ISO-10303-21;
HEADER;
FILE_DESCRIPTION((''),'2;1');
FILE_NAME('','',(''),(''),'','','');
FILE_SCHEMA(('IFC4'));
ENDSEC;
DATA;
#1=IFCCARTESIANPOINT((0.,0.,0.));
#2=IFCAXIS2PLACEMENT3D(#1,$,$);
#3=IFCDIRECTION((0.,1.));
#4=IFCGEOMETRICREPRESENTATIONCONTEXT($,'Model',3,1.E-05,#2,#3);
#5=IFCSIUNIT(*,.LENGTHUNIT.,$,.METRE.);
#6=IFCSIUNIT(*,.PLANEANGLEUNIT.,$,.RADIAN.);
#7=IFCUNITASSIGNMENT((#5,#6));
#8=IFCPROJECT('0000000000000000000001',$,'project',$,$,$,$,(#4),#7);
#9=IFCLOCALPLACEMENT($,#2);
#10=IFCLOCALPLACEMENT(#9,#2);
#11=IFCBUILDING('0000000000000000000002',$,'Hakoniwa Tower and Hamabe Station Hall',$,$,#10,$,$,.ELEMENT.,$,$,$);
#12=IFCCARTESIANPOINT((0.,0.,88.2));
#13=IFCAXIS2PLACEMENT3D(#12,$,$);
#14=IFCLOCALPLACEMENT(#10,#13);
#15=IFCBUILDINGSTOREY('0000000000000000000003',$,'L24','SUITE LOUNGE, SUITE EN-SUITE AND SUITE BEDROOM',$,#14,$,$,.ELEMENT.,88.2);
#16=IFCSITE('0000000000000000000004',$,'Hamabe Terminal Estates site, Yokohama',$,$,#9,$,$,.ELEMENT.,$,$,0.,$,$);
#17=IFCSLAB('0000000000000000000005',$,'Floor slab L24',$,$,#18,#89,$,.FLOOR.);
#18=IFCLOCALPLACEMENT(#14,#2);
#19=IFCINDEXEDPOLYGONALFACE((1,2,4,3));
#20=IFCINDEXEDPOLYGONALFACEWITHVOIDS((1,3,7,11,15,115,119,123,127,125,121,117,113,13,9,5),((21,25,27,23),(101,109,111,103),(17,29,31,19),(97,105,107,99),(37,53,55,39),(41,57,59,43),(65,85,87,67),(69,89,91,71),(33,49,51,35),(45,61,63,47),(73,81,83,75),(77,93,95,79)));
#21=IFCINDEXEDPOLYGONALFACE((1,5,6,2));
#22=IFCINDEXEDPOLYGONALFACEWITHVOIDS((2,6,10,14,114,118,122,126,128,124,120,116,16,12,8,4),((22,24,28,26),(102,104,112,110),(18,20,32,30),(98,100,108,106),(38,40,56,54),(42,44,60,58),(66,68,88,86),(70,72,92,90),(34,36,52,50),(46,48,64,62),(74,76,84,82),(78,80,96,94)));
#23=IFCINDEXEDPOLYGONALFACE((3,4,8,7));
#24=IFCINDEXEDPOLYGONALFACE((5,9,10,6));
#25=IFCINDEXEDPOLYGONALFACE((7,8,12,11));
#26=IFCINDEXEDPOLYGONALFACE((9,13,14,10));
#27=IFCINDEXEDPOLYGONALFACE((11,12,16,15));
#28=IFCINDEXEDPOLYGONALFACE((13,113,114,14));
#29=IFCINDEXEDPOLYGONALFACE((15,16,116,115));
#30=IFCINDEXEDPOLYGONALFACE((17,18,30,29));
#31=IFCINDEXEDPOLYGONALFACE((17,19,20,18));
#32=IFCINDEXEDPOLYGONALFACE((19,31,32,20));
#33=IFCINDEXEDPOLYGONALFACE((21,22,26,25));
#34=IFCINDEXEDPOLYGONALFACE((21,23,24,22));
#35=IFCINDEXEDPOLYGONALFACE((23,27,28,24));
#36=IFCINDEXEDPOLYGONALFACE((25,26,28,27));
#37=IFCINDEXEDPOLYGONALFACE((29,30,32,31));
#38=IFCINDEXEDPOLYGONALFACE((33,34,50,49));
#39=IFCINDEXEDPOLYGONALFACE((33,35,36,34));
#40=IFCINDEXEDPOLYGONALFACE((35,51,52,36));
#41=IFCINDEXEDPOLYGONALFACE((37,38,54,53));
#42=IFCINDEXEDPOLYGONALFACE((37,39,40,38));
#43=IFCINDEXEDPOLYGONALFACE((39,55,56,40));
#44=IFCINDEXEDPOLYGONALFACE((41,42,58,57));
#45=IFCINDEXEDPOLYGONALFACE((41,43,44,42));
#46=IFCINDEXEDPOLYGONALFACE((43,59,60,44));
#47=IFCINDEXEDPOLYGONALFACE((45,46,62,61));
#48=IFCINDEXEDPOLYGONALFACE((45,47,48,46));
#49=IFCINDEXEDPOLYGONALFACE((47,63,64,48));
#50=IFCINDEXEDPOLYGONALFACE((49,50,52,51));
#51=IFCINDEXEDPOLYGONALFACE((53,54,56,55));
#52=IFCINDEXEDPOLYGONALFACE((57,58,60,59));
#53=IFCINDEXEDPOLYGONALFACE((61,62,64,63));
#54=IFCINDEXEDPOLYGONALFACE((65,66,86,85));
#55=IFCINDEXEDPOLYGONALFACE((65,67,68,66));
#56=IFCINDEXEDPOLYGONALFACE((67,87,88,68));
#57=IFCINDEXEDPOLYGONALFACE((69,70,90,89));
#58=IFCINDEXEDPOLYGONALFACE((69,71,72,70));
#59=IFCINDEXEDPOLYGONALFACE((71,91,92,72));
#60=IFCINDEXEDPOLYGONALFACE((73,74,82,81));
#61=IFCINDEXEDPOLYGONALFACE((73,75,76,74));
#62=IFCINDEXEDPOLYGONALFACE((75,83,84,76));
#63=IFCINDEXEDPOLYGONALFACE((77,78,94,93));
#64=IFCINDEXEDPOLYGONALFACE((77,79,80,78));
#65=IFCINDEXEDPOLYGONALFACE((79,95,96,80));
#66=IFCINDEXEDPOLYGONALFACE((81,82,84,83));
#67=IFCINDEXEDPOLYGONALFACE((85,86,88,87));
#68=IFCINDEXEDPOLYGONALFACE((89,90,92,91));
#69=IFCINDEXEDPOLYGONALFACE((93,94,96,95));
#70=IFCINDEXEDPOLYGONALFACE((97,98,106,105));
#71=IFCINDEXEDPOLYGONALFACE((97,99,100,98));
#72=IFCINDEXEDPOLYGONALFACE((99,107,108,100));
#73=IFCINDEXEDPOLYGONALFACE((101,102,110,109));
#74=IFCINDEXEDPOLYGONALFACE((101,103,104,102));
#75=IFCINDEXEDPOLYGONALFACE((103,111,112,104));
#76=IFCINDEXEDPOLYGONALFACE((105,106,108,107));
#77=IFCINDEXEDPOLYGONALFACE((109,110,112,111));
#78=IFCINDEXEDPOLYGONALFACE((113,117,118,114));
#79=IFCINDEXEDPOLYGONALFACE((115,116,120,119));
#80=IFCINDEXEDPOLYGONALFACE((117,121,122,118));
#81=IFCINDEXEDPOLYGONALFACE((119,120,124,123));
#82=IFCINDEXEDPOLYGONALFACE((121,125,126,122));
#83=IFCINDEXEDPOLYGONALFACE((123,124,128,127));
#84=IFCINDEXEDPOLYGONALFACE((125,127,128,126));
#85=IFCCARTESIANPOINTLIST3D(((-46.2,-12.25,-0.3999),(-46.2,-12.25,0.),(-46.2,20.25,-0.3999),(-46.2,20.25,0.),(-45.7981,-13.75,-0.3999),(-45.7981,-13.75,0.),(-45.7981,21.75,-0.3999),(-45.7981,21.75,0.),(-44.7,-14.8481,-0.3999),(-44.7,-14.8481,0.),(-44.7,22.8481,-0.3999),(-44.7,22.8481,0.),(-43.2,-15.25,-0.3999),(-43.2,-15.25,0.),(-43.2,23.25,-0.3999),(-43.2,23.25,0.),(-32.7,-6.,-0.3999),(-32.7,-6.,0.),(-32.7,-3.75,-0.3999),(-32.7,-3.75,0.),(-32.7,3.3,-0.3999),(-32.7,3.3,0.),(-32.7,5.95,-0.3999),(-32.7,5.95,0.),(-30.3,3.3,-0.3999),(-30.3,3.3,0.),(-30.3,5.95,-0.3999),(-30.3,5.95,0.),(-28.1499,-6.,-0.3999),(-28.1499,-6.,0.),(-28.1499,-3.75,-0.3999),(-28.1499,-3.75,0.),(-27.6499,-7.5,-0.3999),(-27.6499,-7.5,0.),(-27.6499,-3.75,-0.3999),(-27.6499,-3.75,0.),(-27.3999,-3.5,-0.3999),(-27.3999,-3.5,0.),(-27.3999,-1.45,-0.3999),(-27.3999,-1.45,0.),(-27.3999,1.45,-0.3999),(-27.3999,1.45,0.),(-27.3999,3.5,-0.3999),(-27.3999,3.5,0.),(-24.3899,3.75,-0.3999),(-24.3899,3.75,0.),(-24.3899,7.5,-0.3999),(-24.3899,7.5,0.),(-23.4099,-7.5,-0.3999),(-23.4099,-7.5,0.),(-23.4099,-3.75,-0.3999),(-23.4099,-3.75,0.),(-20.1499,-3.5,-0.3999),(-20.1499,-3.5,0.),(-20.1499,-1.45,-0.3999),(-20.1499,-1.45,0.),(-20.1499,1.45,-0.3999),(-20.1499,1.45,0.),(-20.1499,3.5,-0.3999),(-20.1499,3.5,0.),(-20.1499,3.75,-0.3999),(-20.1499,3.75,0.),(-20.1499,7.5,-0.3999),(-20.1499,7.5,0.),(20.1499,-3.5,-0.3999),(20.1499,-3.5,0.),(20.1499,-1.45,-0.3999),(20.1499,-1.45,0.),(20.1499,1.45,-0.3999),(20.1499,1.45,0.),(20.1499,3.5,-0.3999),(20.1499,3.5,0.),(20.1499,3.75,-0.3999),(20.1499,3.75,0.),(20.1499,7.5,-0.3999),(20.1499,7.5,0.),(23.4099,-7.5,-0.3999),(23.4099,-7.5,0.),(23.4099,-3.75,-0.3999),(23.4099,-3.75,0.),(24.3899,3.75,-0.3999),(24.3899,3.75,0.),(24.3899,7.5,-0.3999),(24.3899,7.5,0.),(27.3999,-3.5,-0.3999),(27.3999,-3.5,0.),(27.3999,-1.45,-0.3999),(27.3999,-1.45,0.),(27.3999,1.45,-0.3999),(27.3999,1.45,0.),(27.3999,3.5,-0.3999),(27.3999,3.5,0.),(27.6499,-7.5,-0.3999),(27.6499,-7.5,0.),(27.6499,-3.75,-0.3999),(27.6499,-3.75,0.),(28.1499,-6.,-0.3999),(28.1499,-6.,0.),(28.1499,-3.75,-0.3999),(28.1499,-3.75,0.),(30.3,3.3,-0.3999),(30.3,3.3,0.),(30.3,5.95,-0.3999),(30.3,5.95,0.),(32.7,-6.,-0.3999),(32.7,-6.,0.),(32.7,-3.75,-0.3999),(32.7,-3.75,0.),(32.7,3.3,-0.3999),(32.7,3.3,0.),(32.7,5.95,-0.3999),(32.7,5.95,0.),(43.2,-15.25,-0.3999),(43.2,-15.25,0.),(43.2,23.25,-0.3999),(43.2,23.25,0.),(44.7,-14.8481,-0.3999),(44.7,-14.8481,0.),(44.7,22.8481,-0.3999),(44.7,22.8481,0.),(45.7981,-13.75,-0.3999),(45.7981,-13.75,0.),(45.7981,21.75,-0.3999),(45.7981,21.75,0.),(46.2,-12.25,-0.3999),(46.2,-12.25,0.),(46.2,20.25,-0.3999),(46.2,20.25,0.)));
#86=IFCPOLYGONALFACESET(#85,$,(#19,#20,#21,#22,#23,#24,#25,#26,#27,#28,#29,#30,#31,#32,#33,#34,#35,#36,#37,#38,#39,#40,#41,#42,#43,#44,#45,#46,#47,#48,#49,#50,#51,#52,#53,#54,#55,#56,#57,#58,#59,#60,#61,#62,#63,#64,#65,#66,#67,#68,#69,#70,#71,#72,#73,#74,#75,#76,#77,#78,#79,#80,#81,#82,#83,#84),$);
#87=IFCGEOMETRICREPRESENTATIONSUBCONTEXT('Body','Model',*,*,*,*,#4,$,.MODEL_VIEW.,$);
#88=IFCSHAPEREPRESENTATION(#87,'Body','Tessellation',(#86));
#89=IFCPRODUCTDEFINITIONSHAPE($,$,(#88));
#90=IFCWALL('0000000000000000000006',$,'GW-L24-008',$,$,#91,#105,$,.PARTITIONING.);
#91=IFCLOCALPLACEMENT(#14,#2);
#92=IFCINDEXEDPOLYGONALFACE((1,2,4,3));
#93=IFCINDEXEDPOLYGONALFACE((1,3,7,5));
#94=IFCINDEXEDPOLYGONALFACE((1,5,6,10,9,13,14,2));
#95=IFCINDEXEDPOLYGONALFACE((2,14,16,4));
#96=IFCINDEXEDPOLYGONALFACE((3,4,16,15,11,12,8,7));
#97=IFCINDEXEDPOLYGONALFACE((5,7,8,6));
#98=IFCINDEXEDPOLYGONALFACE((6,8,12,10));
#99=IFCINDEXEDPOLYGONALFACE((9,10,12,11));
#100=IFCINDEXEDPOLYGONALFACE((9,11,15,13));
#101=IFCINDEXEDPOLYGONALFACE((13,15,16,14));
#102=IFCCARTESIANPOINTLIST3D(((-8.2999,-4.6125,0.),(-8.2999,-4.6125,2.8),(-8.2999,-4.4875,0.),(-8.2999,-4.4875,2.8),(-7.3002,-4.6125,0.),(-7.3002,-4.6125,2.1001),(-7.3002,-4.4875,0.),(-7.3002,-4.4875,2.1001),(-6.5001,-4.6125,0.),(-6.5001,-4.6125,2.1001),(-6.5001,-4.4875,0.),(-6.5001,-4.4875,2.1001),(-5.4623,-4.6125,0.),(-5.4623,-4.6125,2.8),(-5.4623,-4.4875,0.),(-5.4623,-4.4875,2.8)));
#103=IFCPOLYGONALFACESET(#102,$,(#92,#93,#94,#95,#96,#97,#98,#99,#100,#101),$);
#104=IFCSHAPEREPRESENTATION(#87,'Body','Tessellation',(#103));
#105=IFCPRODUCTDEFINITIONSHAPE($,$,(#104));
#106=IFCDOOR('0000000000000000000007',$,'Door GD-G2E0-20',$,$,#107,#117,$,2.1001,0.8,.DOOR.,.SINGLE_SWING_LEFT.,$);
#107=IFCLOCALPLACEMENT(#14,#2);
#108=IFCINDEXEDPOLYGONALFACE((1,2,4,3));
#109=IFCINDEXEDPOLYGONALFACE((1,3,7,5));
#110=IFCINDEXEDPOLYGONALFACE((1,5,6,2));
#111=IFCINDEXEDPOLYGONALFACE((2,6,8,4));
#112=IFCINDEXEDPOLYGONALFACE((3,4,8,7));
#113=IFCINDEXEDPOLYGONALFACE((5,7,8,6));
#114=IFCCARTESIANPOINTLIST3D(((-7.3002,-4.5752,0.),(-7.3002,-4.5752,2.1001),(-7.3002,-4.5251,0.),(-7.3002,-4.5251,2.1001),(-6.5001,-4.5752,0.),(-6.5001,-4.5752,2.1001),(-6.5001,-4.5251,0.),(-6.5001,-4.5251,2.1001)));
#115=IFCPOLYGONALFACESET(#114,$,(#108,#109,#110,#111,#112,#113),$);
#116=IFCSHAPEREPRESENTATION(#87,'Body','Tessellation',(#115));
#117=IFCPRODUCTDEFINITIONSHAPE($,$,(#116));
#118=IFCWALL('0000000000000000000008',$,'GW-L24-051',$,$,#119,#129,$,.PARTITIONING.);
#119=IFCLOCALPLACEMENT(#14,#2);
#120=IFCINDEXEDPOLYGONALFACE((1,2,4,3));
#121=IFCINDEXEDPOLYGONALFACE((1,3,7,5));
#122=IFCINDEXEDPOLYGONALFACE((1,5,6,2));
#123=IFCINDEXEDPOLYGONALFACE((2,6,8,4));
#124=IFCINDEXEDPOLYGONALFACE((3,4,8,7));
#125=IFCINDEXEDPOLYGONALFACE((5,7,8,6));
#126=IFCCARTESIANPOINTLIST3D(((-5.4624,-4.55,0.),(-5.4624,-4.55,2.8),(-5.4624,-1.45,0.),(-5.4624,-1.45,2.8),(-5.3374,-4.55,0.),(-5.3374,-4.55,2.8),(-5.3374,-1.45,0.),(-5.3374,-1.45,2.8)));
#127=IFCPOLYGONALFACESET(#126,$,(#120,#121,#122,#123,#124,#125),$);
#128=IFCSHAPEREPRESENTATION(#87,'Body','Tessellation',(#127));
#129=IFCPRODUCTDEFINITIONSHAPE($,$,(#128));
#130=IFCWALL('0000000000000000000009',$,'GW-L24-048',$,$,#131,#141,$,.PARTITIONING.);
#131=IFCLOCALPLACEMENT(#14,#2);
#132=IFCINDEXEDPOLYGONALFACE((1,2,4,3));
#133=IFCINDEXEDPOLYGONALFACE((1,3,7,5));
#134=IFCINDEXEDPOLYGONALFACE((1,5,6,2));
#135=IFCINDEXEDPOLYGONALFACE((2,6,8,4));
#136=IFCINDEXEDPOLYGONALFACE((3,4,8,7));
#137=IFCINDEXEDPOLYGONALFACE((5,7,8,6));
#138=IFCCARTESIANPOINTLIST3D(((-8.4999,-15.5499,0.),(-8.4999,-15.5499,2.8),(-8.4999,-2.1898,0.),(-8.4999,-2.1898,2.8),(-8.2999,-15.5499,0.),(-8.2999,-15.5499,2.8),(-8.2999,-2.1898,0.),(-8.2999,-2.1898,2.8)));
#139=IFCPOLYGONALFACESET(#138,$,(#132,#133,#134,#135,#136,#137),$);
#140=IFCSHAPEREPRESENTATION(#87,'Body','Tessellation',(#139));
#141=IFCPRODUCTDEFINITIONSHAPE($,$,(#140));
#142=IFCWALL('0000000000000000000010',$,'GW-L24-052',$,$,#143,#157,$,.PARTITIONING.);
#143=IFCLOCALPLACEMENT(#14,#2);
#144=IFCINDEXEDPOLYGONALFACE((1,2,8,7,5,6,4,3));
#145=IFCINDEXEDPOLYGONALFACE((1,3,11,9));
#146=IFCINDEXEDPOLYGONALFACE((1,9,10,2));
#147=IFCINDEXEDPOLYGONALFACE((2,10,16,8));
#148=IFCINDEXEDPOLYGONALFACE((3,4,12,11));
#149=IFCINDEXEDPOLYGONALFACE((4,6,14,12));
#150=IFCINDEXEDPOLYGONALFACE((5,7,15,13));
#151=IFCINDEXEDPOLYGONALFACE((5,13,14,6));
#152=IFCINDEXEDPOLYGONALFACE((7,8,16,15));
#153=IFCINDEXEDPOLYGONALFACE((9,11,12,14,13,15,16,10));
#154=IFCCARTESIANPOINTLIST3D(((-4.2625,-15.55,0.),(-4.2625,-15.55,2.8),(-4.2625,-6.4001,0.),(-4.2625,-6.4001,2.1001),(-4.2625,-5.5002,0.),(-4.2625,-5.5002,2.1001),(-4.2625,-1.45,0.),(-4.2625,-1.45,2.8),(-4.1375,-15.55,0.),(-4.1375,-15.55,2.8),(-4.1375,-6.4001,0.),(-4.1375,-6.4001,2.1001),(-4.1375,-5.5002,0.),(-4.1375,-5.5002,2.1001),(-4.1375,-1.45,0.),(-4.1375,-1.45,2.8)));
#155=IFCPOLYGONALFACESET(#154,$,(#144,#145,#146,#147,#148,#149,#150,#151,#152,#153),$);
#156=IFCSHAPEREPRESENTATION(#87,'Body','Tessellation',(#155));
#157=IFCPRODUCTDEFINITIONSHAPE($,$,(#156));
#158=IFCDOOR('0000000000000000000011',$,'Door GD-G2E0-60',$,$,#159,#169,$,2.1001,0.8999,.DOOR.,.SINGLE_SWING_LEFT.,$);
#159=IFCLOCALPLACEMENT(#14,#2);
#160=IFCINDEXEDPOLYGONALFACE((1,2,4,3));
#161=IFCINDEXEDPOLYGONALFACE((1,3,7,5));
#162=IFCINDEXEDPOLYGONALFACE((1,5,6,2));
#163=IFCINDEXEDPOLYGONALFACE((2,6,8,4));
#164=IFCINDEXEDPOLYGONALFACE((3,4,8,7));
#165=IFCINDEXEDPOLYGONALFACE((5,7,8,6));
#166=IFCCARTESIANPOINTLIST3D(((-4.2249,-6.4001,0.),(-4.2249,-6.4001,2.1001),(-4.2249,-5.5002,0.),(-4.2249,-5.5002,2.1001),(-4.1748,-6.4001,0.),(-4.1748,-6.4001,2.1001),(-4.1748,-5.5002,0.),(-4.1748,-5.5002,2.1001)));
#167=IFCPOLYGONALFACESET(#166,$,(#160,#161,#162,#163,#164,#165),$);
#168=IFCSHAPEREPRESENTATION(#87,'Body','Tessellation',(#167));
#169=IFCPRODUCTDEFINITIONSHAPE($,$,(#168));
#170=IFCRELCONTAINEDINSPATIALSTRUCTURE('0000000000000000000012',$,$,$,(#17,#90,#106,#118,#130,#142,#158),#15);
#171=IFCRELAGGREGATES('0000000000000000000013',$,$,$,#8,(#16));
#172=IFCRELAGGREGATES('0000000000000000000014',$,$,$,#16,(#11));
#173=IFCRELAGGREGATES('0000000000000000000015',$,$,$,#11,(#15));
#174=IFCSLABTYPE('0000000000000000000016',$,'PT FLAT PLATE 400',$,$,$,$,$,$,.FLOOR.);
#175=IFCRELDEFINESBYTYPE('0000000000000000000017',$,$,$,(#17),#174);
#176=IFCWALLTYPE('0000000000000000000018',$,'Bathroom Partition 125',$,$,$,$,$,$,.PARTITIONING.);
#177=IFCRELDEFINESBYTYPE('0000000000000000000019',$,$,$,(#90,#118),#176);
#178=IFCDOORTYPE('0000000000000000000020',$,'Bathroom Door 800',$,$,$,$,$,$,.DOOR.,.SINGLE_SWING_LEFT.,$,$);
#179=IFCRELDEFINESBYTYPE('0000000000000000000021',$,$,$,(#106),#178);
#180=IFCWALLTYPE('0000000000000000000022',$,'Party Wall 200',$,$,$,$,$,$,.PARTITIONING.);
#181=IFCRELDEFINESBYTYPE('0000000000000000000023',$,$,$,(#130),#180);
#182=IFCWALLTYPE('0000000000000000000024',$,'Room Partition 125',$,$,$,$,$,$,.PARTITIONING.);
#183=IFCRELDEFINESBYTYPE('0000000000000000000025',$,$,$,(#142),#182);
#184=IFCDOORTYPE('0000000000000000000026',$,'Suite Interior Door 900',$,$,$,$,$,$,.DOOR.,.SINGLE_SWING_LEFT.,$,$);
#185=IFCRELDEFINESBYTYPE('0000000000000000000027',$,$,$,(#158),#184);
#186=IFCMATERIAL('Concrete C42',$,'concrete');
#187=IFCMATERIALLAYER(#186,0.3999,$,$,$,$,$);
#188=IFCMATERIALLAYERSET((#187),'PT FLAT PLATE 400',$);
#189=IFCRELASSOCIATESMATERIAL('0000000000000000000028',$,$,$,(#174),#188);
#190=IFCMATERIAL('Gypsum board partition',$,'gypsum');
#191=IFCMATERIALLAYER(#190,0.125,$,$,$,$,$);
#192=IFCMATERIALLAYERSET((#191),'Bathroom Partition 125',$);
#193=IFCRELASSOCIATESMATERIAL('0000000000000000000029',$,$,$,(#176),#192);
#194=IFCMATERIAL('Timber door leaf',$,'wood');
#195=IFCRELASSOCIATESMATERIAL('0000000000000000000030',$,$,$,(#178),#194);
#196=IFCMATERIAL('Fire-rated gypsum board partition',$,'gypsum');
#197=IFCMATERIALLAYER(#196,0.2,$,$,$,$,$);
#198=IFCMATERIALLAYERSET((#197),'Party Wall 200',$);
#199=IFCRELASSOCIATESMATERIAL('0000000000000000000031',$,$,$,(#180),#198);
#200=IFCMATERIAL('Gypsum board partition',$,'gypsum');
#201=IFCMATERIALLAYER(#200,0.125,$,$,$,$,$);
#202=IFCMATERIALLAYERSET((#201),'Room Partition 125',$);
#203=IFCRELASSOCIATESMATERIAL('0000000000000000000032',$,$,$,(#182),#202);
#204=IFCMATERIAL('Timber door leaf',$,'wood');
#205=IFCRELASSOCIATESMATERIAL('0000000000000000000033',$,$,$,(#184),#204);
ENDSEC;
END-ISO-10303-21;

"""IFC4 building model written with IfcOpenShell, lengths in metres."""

from ifc_helpers import new_model, si_unit, direction, frame, frame_2d, origin, place, context, subcontext, project, spatial, polyline, rectangle, outline, extrude, material, layer, layer_set, type_object, element, fill, save


model = new_model("IFC4")

# Units and contexts
model_context = context("Model", 3, precision=1e-05, world=origin(), true_north=direction((0.0, 1.0)))
body_context = subcontext(model_context, "Body", "Model", "MODEL_VIEW")
ifc_project = project(units=[si_unit("LENGTHUNIT", "METRE"), si_unit("PLANEANGLEUNIT", "RADIAN")], contexts=[model_context])

# Site, building, storey
site_placement = place(None, origin())
site = spatial("IfcSite", under=ifc_project, at=site_placement, Name="Hamabe Terminal Estates site, Yokohama", CompositionType="ELEMENT", RefElevation=0.0)
building_placement = place(site_placement, origin())
building = spatial("IfcBuilding", under=site, at=building_placement, Name="Hakoniwa Tower and Hamabe Station Hall", CompositionType="ELEMENT")
storey_placement = place(building_placement, frame((0.0, 0.0, 88.2)))
storey = spatial("IfcBuildingStorey", under=building, at=storey_placement, Name="L24", Description="SUITE LOUNGE, SUITE EN-SUITE AND SUITE BEDROOM", CompositionType="ELEMENT", Elevation=88.2)

# Slab
ifc_material_1 = material(Name="Concrete C42", Category="concrete")
ifc_layer_1 = layer(ifc_material_1, 0.3999)
ifc_layer_set_1 = layer_set([ifc_layer_1], Name="PT FLAT PLATE 400")
slab_type = type_object("IfcSlabType", Name="PT FLAT PLATE 400", PredefinedType="FLOOR", material=ifc_layer_set_1)
slab_placement = place(storey_placement, frame((0.0, 0.0, -0.3999)))
element("IfcSlab", 1, at=slab_placement, inside=storey, type_object=slab_type, Name="Floor slab L24", PredefinedType="FLOOR", context=body_context, shape_type="SweptSolid", body=[
    extrude(outline(polyline([(46.2, -12.25), (46.2, 20.25), (45.7981, 21.75), (44.7, 22.8481), (43.2, 23.25), (-43.2, 23.25), (-44.7, 22.8481), (-45.7981, 21.75), (-46.2, 20.25), (-46.2, -12.25), (-45.7981, -13.75), (-44.7, -14.8481), (-43.2, -15.25), (43.2, -15.25), (44.7, -14.8481), (45.7981, -13.75), (46.2, -12.25)]), holes=[polyline([(-27.3999, 1.45), (-27.3999, 3.5), (-20.1499, 3.5), (-20.1499, 1.45), (-27.3999, 1.45)]), polyline([(-27.3999, -3.5), (-27.3999, -1.45), (-20.1499, -1.45), (-20.1499, -3.5), (-27.3999, -3.5)]), polyline([(-32.7, 3.3), (-32.7, 5.95), (-30.3, 5.95), (-30.3, 3.3), (-32.7, 3.3)]), polyline([(-32.7, -6.0), (-32.7, -3.75), (-28.1499, -3.75), (-28.1499, -6.0), (-32.7, -6.0)]), polyline([(-24.3899, 3.75), (-24.3899, 7.5), (-20.1499, 7.5), (-20.1499, 3.75), (-24.3899, 3.75)]), polyline([(-27.6499, -7.5), (-27.6499, -3.75), (-23.4099, -3.75), (-23.4099, -7.5), (-27.6499, -7.5)]), polyline([(20.1499, 1.45), (20.1499, 3.5), (27.3999, 3.5), (27.3999, 1.45), (20.1499, 1.45)]), polyline([(20.1499, -3.5), (20.1499, -1.45), (27.3999, -1.45), (27.3999, -3.5), (20.1499, -3.5)]), polyline([(30.3, 3.3), (30.3, 5.95), (32.7, 5.95), (32.7, 3.3), (30.3, 3.3)]), polyline([(28.1499, -6.0), (28.1499, -3.75), (32.7, -3.75), (32.7, -6.0), (28.1499, -6.0)]), polyline([(20.1499, 3.75), (20.1499, 7.5), (24.3899, 7.5), (24.3899, 3.75), (20.1499, 3.75)]), polyline([(23.4099, -7.5), (23.4099, -3.75), (27.6499, -3.75), (27.6499, -7.5), (23.4099, -7.5)])]), origin(), (0.0, 0.0, 1.0), 0.3999),
])

# Wall, opening, door
ifc_material_2 = material(Name="Gypsum board partition", Category="gypsum")
ifc_layer_2 = layer(ifc_material_2, 0.125)
ifc_layer_set_2 = layer_set([ifc_layer_2], Name="Bathroom Partition 125")
wall_type_1 = type_object("IfcWallType", Name="Bathroom Partition 125", PredefinedType="PARTITIONING", material=ifc_layer_set_2)
wall_1_placement = place(storey_placement, frame((-8.3, -4.55, 0.0), z_axis=(0.0, 0.0, 1.0), x_axis=(1.0, 0.0, 0.0)))
wall_1 = element("IfcWall", 2, at=wall_1_placement, inside=storey, type_object=wall_type_1, Name="GW-L24-008", PredefinedType="PARTITIONING", context=body_context, shape_type="SweptSolid", body=[
    extrude(rectangle(XDim=2.8376, YDim=0.125, at=frame_2d((1.4189, 0.0))), origin(), (0.0, 0.0, 1.0), 2.8),
])
opening_1_placement = place(wall_1_placement, frame((1.0, 0.0, 0.0)))
opening_1 = element("IfcOpeningElement", 3, at=opening_1_placement, cuts=wall_1, PredefinedType="OPENING", context=body_context, shape_type="SweptSolid", body=[
    extrude(rectangle(XDim=0.8, YDim=2.1001, at=frame_2d((0.3999, 1.05))), frame((0.0, 0.0725, 0.0), z_axis=(0.0, -1.0, 0.0), x_axis=(1.0, 0.0, 0.0)), (0.0, 0.0, 1.0), 0.145),
])
ifc_material_3 = material(Name="Timber door leaf", Category="wood")
door_type_1 = type_object("IfcDoorType", Name="Bathroom Door 800", OperationType="SINGLE_SWING_LEFT", PredefinedType="DOOR", material=ifc_material_3)
door_1_placement = place(opening_1_placement, origin())
door_1 = element("IfcDoor", 4, at=door_1_placement, inside=storey, type_object=door_type_1, Name="Door GD-G2E0-20", OperationType="SINGLE_SWING_LEFT", OverallHeight=2.1001, OverallWidth=0.8, PredefinedType="DOOR", context=body_context, shape_type="SweptSolid", body=[
    extrude(rectangle(XDim=0.8, YDim=2.1001, at=frame_2d((0.3999, 1.05))), frame((0.0, 0.0249, 0.0), z_axis=(0.0, -1.0, 0.0), x_axis=(1.0, 0.0, 0.0)), (0.0, 0.0, 1.0), 0.05),
])
fill(opening_1, door_1)

# Walls
wall_2_placement = place(storey_placement, frame((-5.3999, -4.55, 0.0), z_axis=(0.0, 0.0, 1.0), x_axis=(0.0, 1.0, 0.0)))
element("IfcWall", 5, at=wall_2_placement, inside=storey, type_object=wall_type_1, Name="GW-L24-051", PredefinedType="PARTITIONING", context=body_context, shape_type="SweptSolid", body=[
    extrude(rectangle(XDim=3.1001, YDim=0.125, at=frame_2d((1.55, 0.0))), origin(), (0.0, 0.0, 1.0), 2.8),
])
ifc_material_4 = material(Name="Fire-rated gypsum board partition", Category="gypsum")
ifc_layer_3 = layer(ifc_material_4, 0.2)
ifc_layer_set_3 = layer_set([ifc_layer_3], Name="Party Wall 200")
wall_type_2 = type_object("IfcWallType", Name="Party Wall 200", PredefinedType="PARTITIONING", material=ifc_layer_set_3)
wall_3_placement = place(storey_placement, frame((-8.3999, -15.55, 0.0), z_axis=(0.0, 0.0, 1.0), x_axis=(0.0, 1.0, 0.0)))
element("IfcWall", 6, at=wall_3_placement, inside=storey, type_object=wall_type_2, Name="GW-L24-048", PredefinedType="PARTITIONING", context=body_context, shape_type="SweptSolid", body=[
    extrude(rectangle(XDim=13.3601, YDim=0.2, at=frame_2d((6.6802, 0.0))), origin(), (0.0, 0.0, 1.0), 2.8),
])

# Wall, opening, door
ifc_material_5 = material(Name="Gypsum board partition", Category="gypsum")
ifc_layer_4 = layer(ifc_material_5, 0.125)
ifc_layer_set_4 = layer_set([ifc_layer_4], Name="Room Partition 125")
wall_type_3 = type_object("IfcWallType", Name="Room Partition 125", PredefinedType="PARTITIONING", material=ifc_layer_set_4)
wall_4_placement = place(storey_placement, frame((-4.2, -15.55, 0.0), z_axis=(0.0, 0.0, 1.0), x_axis=(0.0, 1.0, 0.0)))
wall_4 = element("IfcWall", 7, at=wall_4_placement, inside=storey, type_object=wall_type_3, Name="GW-L24-052", PredefinedType="PARTITIONING", context=body_context, shape_type="SweptSolid", body=[
    extrude(rectangle(XDim=14.1001, YDim=0.125, at=frame_2d((7.05, 0.0))), origin(), (0.0, 0.0, 1.0), 2.8),
])
opening_2_placement = place(wall_4_placement, frame((9.1499, 0.0, 0.0)))
opening_2 = element("IfcOpeningElement", 8, at=opening_2_placement, cuts=wall_4, PredefinedType="OPENING", context=body_context, shape_type="SweptSolid", body=[
    extrude(rectangle(XDim=0.8999, YDim=2.1001, at=frame_2d((0.45, 1.05))), frame((0.0, 0.0725, 0.0), z_axis=(0.0, -1.0, 0.0), x_axis=(1.0, 0.0, 0.0)), (0.0, 0.0, 1.0), 0.145),
])
ifc_material_6 = material(Name="Timber door leaf", Category="wood")
door_type_2 = type_object("IfcDoorType", Name="Suite Interior Door 900", OperationType="SINGLE_SWING_LEFT", PredefinedType="DOOR", material=ifc_material_6)
door_2_placement = place(opening_2_placement, origin())
door_2 = element("IfcDoor", 9, at=door_2_placement, inside=storey, type_object=door_type_2, Name="Door GD-G2E0-60", OperationType="SINGLE_SWING_LEFT", OverallHeight=2.1001, OverallWidth=0.8999, PredefinedType="DOOR", context=body_context, shape_type="SweptSolid", body=[
    extrude(rectangle(XDim=0.8999, YDim=2.1001, at=frame_2d((0.45, 1.05))), frame((0.0, 0.0249, 0.0), z_axis=(0.0, -1.0, 0.0), x_axis=(1.0, 0.0, 0.0)), (0.0, 0.0, 1.0), 0.05),
])
fill(opening_2, door_2)

save(model, "model.ifc")
